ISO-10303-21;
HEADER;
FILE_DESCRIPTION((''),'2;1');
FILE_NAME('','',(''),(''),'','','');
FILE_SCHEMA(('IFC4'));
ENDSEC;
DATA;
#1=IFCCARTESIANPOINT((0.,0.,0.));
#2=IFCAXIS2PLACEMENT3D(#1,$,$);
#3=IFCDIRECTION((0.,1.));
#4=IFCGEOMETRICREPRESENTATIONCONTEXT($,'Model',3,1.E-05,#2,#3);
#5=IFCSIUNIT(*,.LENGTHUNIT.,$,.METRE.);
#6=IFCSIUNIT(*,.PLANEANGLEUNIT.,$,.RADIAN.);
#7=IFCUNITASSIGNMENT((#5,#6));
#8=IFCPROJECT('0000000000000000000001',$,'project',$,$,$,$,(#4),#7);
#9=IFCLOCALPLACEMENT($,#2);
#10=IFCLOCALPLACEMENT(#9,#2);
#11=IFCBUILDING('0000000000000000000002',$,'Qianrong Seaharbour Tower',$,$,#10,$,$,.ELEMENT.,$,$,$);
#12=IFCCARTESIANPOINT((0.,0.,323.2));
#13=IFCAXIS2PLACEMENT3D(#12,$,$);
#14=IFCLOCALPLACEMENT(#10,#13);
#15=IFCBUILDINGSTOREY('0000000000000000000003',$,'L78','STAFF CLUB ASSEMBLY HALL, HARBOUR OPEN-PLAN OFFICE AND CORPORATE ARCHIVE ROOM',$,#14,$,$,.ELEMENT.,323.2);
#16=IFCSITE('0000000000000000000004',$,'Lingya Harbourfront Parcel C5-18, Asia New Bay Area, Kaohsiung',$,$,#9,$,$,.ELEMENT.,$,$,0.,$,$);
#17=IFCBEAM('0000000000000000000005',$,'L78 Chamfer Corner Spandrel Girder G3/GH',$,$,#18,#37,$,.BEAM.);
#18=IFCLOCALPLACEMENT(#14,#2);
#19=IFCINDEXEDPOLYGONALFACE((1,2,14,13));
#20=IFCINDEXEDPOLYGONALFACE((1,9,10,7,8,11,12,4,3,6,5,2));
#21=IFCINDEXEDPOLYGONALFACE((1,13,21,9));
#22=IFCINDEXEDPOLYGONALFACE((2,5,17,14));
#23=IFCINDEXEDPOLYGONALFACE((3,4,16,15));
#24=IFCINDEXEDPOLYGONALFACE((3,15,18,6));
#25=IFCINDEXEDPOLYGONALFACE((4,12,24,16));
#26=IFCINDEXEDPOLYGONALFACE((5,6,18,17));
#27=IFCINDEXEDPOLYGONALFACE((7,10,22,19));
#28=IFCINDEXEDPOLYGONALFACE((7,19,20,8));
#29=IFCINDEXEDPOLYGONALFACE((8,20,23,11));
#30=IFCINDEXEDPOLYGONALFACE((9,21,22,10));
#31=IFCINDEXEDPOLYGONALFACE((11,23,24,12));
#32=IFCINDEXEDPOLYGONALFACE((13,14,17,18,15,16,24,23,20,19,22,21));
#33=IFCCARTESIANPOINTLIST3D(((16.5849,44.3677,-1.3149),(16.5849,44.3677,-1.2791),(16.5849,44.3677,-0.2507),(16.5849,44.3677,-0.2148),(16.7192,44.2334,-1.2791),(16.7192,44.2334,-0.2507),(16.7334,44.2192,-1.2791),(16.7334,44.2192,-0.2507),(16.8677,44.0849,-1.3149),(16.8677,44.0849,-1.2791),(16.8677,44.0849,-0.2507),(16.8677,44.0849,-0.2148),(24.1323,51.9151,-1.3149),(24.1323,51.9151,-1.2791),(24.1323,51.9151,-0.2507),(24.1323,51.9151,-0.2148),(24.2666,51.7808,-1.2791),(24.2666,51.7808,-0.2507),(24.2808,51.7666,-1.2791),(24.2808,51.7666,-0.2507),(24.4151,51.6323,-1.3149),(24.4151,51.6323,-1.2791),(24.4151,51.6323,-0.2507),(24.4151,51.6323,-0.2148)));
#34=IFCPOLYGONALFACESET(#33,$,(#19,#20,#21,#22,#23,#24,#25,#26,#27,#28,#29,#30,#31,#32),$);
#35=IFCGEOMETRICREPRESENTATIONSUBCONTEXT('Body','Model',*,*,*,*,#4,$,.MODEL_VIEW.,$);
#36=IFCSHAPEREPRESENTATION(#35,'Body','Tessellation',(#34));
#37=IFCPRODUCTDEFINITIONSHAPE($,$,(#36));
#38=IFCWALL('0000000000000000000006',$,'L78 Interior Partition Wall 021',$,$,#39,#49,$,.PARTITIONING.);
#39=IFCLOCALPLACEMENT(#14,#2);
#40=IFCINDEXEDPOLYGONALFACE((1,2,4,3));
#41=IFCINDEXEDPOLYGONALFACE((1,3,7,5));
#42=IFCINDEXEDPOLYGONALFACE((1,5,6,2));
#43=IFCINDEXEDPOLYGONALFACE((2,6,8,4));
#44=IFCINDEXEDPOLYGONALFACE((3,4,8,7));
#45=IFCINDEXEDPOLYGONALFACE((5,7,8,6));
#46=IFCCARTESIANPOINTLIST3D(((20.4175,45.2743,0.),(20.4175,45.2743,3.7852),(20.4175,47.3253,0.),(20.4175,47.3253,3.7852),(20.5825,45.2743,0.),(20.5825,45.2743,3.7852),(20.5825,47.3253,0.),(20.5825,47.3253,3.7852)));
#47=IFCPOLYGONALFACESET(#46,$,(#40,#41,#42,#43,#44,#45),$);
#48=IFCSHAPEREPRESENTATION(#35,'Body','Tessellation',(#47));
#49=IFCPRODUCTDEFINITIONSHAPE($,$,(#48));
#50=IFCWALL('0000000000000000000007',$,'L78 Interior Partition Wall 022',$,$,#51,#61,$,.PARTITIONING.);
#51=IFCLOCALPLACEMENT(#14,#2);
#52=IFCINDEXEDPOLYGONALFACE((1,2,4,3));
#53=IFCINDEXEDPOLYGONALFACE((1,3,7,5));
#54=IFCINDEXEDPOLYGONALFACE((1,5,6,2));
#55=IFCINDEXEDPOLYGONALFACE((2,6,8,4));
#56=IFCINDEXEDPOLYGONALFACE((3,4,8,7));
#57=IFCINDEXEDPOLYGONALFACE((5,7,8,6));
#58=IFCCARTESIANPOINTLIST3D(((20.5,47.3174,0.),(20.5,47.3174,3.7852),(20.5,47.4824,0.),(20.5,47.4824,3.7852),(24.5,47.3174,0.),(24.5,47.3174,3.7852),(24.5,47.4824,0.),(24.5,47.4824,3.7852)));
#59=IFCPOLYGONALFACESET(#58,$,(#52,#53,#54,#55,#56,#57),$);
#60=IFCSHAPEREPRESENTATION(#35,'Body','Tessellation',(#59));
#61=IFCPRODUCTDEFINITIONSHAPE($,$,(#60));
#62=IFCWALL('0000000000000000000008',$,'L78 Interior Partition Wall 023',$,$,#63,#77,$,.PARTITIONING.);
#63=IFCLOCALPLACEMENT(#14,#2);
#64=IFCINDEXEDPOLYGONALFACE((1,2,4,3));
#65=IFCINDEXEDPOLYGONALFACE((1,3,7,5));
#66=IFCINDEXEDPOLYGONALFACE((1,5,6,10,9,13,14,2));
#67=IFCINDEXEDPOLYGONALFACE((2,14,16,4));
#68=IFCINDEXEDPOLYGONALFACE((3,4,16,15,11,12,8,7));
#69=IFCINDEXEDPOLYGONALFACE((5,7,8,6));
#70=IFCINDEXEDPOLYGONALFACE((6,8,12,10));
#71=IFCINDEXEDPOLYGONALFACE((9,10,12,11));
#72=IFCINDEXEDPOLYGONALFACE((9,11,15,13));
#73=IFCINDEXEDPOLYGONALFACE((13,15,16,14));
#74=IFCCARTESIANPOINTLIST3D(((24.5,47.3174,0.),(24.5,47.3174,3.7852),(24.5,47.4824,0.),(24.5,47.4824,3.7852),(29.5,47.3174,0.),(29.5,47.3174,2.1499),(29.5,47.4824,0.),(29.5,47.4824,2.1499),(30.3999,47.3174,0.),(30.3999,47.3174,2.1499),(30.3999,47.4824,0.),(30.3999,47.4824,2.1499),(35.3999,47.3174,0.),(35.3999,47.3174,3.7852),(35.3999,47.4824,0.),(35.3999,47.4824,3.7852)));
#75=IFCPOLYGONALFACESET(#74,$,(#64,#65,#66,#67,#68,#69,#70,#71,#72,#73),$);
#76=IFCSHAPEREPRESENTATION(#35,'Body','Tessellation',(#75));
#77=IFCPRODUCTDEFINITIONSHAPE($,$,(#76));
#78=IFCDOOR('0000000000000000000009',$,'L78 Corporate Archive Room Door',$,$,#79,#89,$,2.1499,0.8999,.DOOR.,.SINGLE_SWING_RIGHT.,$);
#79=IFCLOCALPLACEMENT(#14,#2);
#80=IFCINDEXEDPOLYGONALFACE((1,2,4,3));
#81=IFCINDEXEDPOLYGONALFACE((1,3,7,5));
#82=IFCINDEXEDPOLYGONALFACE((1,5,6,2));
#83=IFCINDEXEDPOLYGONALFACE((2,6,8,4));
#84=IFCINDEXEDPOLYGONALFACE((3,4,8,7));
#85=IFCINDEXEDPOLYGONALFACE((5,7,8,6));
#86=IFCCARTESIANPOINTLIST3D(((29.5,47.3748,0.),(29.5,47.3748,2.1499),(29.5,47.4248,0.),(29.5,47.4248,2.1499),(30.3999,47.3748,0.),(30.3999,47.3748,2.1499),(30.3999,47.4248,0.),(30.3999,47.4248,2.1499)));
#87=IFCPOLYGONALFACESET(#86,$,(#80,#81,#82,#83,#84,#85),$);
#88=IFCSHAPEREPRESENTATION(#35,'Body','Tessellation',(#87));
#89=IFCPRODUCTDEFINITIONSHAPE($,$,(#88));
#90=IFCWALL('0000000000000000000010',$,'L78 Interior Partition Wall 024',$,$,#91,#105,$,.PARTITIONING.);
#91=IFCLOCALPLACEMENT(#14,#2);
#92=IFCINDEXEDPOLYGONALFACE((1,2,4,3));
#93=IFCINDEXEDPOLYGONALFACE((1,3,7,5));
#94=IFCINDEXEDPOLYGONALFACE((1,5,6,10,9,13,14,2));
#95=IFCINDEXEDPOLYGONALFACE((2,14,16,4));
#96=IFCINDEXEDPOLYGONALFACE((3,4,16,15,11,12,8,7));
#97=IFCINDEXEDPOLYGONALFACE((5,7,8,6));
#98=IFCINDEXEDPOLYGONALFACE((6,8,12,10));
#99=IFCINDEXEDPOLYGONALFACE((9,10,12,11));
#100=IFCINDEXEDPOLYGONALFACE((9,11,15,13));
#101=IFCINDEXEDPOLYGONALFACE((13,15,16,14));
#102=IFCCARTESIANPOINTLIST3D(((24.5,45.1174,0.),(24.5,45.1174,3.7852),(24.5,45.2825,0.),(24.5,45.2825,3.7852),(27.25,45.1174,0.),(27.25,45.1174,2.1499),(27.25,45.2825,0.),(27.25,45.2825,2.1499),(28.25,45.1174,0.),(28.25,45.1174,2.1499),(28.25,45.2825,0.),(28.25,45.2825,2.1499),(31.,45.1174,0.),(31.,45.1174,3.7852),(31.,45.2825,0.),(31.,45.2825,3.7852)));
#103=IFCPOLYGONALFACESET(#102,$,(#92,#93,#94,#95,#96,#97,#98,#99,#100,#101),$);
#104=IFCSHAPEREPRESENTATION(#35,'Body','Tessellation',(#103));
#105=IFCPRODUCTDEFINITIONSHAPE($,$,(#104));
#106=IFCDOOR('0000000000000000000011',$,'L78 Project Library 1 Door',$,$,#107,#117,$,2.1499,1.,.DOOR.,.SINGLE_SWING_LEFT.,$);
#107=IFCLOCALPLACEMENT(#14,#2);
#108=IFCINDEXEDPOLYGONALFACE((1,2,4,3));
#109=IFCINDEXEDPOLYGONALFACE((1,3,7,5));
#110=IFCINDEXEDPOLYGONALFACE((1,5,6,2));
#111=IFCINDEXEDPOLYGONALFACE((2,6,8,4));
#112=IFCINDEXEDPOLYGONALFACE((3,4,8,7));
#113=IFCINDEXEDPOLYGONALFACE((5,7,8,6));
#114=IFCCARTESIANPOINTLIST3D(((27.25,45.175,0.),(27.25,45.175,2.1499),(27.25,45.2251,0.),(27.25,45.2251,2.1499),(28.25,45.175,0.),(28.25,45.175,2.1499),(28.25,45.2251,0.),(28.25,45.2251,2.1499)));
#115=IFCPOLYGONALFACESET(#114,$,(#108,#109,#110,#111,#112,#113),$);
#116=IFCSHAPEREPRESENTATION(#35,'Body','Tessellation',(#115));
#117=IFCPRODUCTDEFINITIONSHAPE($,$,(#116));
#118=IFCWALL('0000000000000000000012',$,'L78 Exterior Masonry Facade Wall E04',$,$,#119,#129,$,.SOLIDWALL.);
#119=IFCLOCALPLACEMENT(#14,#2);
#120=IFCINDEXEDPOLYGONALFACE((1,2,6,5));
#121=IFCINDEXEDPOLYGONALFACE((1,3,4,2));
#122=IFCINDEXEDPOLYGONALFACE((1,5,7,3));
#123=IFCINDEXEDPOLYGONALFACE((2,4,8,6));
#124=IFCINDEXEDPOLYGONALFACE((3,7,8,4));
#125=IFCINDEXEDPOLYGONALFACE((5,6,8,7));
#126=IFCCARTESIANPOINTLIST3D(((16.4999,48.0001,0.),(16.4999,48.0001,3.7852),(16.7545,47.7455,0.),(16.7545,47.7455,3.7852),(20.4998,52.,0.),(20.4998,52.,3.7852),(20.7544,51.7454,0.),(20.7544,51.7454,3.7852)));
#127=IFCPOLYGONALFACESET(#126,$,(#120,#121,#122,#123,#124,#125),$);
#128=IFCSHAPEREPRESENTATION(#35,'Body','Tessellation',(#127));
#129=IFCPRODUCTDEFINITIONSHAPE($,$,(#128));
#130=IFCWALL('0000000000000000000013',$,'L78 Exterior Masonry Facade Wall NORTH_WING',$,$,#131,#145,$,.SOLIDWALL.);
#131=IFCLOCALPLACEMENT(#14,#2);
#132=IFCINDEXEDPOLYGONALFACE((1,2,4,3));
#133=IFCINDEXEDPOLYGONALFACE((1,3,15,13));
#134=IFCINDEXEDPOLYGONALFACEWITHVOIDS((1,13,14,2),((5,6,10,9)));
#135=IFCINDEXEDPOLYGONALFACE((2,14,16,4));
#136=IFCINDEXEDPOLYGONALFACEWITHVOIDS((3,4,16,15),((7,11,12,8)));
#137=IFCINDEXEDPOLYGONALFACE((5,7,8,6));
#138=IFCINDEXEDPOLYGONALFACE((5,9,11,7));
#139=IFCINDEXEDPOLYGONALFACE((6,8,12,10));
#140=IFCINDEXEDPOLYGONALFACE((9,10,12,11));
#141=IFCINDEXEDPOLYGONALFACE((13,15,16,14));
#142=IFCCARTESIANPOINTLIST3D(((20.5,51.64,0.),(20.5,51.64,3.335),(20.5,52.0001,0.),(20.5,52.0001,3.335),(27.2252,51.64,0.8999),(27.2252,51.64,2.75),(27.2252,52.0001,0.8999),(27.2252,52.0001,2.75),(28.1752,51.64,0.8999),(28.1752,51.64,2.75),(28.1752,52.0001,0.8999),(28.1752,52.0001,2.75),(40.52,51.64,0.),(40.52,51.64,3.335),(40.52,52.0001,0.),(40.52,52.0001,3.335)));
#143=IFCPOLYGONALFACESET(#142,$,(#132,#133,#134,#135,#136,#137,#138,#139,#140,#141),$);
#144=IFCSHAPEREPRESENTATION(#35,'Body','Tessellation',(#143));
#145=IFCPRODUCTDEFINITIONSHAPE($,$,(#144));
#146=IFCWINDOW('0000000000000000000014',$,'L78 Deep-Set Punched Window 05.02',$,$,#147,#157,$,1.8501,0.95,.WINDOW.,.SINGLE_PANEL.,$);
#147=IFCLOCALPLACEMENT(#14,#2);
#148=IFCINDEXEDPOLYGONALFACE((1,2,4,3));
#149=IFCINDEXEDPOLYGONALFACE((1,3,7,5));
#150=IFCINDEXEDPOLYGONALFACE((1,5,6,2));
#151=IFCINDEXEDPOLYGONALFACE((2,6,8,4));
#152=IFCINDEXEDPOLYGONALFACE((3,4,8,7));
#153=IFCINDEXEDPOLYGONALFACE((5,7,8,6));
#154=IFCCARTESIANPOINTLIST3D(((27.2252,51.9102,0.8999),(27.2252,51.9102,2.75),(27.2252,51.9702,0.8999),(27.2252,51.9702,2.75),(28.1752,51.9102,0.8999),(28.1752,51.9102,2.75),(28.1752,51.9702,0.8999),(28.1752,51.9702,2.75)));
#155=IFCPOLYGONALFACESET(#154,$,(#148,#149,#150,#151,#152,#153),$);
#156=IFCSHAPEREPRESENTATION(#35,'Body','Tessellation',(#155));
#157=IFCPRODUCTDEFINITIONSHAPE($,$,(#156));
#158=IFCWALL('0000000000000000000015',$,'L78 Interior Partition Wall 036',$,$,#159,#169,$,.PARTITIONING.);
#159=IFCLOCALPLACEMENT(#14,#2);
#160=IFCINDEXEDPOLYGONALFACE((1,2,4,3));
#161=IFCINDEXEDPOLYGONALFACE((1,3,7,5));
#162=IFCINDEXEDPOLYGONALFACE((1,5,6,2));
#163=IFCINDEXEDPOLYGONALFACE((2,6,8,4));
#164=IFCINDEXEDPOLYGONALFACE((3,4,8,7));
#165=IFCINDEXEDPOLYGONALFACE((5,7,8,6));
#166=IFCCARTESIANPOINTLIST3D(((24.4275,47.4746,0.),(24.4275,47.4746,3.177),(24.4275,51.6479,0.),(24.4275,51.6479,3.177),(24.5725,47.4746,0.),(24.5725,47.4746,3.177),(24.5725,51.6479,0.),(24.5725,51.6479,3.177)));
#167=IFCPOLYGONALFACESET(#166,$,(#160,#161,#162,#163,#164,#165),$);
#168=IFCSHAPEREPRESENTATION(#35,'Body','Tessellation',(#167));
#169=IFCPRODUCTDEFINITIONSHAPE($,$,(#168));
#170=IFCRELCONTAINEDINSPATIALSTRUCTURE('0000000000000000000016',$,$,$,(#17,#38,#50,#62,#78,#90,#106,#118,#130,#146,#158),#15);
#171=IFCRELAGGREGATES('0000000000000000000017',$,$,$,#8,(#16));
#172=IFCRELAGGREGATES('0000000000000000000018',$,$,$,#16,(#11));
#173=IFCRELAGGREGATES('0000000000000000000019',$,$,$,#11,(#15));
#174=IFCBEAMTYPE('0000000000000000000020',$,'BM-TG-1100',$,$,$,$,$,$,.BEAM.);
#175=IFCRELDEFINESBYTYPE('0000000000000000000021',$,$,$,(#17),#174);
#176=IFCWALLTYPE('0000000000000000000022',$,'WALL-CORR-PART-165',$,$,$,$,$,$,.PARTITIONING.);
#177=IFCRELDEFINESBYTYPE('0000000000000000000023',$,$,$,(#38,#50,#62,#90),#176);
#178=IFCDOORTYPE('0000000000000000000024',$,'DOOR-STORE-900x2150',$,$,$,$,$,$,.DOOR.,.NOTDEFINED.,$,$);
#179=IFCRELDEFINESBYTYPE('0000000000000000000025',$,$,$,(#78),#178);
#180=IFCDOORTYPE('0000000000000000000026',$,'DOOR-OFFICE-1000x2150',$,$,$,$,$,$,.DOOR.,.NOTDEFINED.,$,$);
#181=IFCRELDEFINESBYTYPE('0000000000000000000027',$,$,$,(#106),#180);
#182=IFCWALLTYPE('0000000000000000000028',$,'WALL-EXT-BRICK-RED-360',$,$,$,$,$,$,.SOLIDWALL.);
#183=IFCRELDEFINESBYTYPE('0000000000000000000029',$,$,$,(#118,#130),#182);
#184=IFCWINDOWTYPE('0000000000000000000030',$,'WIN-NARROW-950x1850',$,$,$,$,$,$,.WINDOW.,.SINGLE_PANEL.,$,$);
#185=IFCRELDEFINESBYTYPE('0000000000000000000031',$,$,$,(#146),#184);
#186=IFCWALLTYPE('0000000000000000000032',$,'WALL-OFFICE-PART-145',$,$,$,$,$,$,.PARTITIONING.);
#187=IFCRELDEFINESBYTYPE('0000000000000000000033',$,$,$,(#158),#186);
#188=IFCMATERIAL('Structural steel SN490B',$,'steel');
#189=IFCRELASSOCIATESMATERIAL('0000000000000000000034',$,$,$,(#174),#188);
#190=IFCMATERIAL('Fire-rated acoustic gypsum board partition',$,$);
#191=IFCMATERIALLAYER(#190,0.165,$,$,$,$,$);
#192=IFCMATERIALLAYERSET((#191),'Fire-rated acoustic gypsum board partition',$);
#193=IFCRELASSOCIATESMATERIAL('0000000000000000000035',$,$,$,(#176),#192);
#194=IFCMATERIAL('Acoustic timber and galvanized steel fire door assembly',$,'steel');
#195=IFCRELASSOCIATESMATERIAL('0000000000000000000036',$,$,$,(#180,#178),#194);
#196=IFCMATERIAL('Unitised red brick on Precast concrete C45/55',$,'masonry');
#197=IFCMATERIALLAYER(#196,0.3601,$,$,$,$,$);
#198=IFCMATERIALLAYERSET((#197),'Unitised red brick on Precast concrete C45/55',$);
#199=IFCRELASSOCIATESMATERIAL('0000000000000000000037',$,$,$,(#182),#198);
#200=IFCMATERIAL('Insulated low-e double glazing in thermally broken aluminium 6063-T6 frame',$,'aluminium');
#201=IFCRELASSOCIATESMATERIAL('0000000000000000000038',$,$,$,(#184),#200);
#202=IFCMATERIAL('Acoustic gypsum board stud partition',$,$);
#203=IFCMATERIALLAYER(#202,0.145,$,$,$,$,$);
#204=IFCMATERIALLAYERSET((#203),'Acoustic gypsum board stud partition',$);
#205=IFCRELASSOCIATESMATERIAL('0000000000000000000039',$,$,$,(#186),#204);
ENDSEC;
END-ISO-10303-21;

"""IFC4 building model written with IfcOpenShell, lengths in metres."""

from ifc_helpers import new_model, si_unit, direction, frame, frame_2d, origin, origin_2d, place, context, subcontext, project, spatial, rectangle, i_section, extrude, material, layer, layer_set, material_profile, profile_set, type_object, element, fill, save


model = new_model("IFC4")

# Units and contexts
model_context = context("Model", 3, precision=1e-05, world=origin(), true_north=direction((0.0, 1.0)))
body_context = subcontext(model_context, "Body", "Model", "MODEL_VIEW")
ifc_project = project(units=[si_unit("LENGTHUNIT", "METRE"), si_unit("PLANEANGLEUNIT", "RADIAN")], contexts=[model_context])

# Site, building, storey
site_placement = place(None, origin())
site = spatial("IfcSite", under=ifc_project, at=site_placement, Name="Lingya Harbourfront Parcel C5-18, Asia New Bay Area, Kaohsiung", CompositionType="ELEMENT", RefElevation=0.0)
building_placement = place(site_placement, origin())
building = spatial("IfcBuilding", under=site, at=building_placement, Name="Qianrong Seaharbour Tower", CompositionType="ELEMENT")
storey_placement = place(building_placement, frame((0.0, 0.0, 323.2)))
storey = spatial("IfcBuildingStorey", under=building, at=storey_placement, Name="L78", Description="STAFF CLUB ASSEMBLY HALL, HARBOUR OPEN-PLAN OFFICE AND CORPORATE ARCHIVE ROOM", CompositionType="ELEMENT", Elevation=323.2)

# Beam
ifc_material_1 = material(Name="Structural steel SN490B", Category="steel")
ifc_material_profile_1 = material_profile(ifc_material_1, i_section(OverallWidth=0.3999, OverallDepth=1.1001, WebThickness=0.02, FlangeThickness=0.0359, at=origin_2d()), Name="BH1100x400x20x36")
ifc_profile_set_1 = profile_set([ifc_material_profile_1], Name="Structural steel SN490B")
beam_type_1 = type_object("IfcBeamType", Name="BM-TG-1100", PredefinedType="BEAM", material=ifc_profile_set_1)
beam_1_placement = place(storey_placement, frame((24.2737, 51.7737, -0.7649), z_axis=(-0.707107, -0.707107, 0.0), x_axis=(0.707107, -0.707107, 0.0)))
element("IfcBeam", 1, at=beam_1_placement, inside=storey, type_object=beam_type_1, Name="L78 Chamfer Corner Spandrel Girder G3/GH", PredefinedType="BEAM", context=body_context, shape_type="SweptSolid", body=[
    extrude(i_section(OverallWidth=0.3999, OverallDepth=1.1001, WebThickness=0.02, FlangeThickness=0.0359, at=origin_2d()), origin(), (0.0, 0.0, 1.0), 10.6736),
])

# Shared definitions
ifc_material_2 = material(Name="Fire-rated acoustic gypsum board partition")
ifc_layer_1 = layer(ifc_material_2, 0.165)
ifc_layer_set_1 = layer_set([ifc_layer_1], Name="Fire-rated acoustic gypsum board partition")
wall_type_1 = type_object("IfcWallType", Name="WALL-CORR-PART-165", PredefinedType="PARTITIONING", material=ifc_layer_set_1)
ifc_material_3 = material(Name="Acoustic timber and galvanized steel fire door assembly", Category="steel")
door_type_1 = type_object("IfcDoorType", Name="DOOR-OFFICE-1000x2150", OperationType="NOTDEFINED", PredefinedType="DOOR", material=ifc_material_3)

# Walls
wall_1_placement = place(storey_placement, frame((20.5, 45.2744, 0.0), z_axis=(0.0, 0.0, 1.0), x_axis=(0.0, 1.0, 0.0)))
element("IfcWall", 2, at=wall_1_placement, inside=storey, type_object=wall_type_1, Name="L78 Interior Partition Wall 021", PredefinedType="PARTITIONING", context=body_context, shape_type="SweptSolid", body=[
    extrude(rectangle(XDim=2.051, YDim=0.165, at=frame_2d((1.0254, 0.0))), origin(), (0.0, 0.0, 1.0), 3.7852),
])
wall_2_placement = place(storey_placement, frame((20.5, 47.3999, 0.0), z_axis=(0.0, 0.0, 1.0), x_axis=(1.0, 0.0, 0.0)))
element("IfcWall", 3, at=wall_2_placement, inside=storey, type_object=wall_type_1, Name="L78 Interior Partition Wall 022", PredefinedType="PARTITIONING", context=body_context, shape_type="SweptSolid", body=[
    extrude(rectangle(XDim=4.0, YDim=0.165, at=frame_2d((2.0, 0.0))), origin(), (0.0, 0.0, 1.0), 3.7852),
])

# Walls, openings, doors
wall_3_placement = place(storey_placement, frame((24.5, 47.3999, 0.0), z_axis=(0.0, 0.0, 1.0), x_axis=(1.0, 0.0, 0.0)))
wall_3 = element("IfcWall", 4, at=wall_3_placement, inside=storey, type_object=wall_type_1, Name="L78 Interior Partition Wall 023", PredefinedType="PARTITIONING", context=body_context, shape_type="SweptSolid", body=[
    extrude(rectangle(XDim=10.8999, YDim=0.165, at=frame_2d((5.45, 0.0))), origin(), (0.0, 0.0, 1.0), 3.7852),
])
opening_1_placement = place(wall_3_placement, frame((5.0, 0.0, 0.0)))
opening_1 = element("IfcOpeningElement", 5, at=opening_1_placement, cuts=wall_3, PredefinedType="OPENING", context=body_context, shape_type="SweptSolid", body=[
    extrude(rectangle(XDim=0.8999, YDim=2.1499, at=frame_2d((0.45, 1.075))), frame((0.0, 0.0925, 0.0), z_axis=(0.0, -1.0, 0.0), x_axis=(1.0, 0.0, 0.0)), (0.0, 0.0, 1.0), 0.1851),
])
door_type_2 = type_object("IfcDoorType", Name="DOOR-STORE-900x2150", OperationType="NOTDEFINED", PredefinedType="DOOR", material=ifc_material_3)
door_1_placement = place(opening_1_placement, origin())
door_1 = element("IfcDoor", 6, at=door_1_placement, inside=storey, type_object=door_type_2, Name="L78 Corporate Archive Room Door", OperationType="SINGLE_SWING_RIGHT", OverallHeight=2.1499, OverallWidth=0.8999, PredefinedType="DOOR", context=body_context, shape_type="SweptSolid", body=[
    extrude(rectangle(XDim=0.8999, YDim=2.1499, at=frame_2d((0.45, 1.075))), frame((0.0, 0.0249, 0.0), z_axis=(0.0, -1.0, 0.0), x_axis=(1.0, 0.0, 0.0)), (0.0, 0.0, 1.0), 0.05),
])
fill(opening_1, door_1)
wall_4_placement = place(storey_placement, frame((31.0, 45.2, 0.0), z_axis=(0.0, 0.0, 1.0), x_axis=(-1.0, 0.0, 0.0)))
wall_4 = element("IfcWall", 7, at=wall_4_placement, inside=storey, type_object=wall_type_1, Name="L78 Interior Partition Wall 024", PredefinedType="PARTITIONING", context=body_context, shape_type="SweptSolid", body=[
    extrude(rectangle(XDim=6.5, YDim=0.165, at=frame_2d((3.25, 0.0))), origin(), (0.0, 0.0, 1.0), 3.7852),
])
opening_2_placement = place(wall_4_placement, frame((2.75, 0.0, 0.0)))
opening_2 = element("IfcOpeningElement", 8, at=opening_2_placement, cuts=wall_4, PredefinedType="OPENING", context=body_context, shape_type="SweptSolid", body=[
    extrude(rectangle(XDim=1.0, YDim=2.1499, at=frame_2d((0.5, 1.075))), frame((0.0, 0.0925, 0.0), z_axis=(0.0, -1.0, 0.0), x_axis=(1.0, 0.0, 0.0)), (0.0, 0.0, 1.0), 0.1851),
])
door_2_placement = place(opening_2_placement, origin())
door_2 = element("IfcDoor", 9, at=door_2_placement, inside=storey, type_object=door_type_1, Name="L78 Project Library 1 Door", OperationType="SINGLE_SWING_LEFT", OverallHeight=2.1499, OverallWidth=1.0, PredefinedType="DOOR", context=body_context, shape_type="SweptSolid", body=[
    extrude(rectangle(XDim=1.0, YDim=2.1499, at=frame_2d((0.5, 1.075))), frame((0.0, 0.0249, 0.0), z_axis=(0.0, -1.0, 0.0), x_axis=(1.0, 0.0, 0.0)), (0.0, 0.0, 1.0), 0.05),
])
fill(opening_2, door_2)

# Wall
ifc_material_4 = material(Name="Unitised red brick on Precast concrete C45/55", Category="masonry")
ifc_layer_2 = layer(ifc_material_4, 0.3601)
ifc_layer_set_2 = layer_set([ifc_layer_2], Name="Unitised red brick on Precast concrete C45/55")
wall_type_2 = type_object("IfcWallType", Name="WALL-EXT-BRICK-RED-360", PredefinedType="SOLIDWALL", material=ifc_layer_set_2)
wall_5_placement = place(storey_placement, frame((16.6272, 47.8728, 0.0), z_axis=(0.0, 0.0, 1.0), x_axis=(0.707107, 0.707107, 0.0)))
element("IfcWall", 10, at=wall_5_placement, inside=storey, type_object=wall_type_2, Name="L78 Exterior Masonry Facade Wall E04", PredefinedType="SOLIDWALL", context=body_context, shape_type="SweptSolid", body=[
    extrude(rectangle(XDim=5.6567, YDim=0.3601, at=frame_2d((2.8284, 0.0))), origin(), (0.0, 0.0, 1.0), 3.7852),
])

# Wall, opening, window
wall_6_placement = place(storey_placement, frame((20.5, 51.8201, 0.0), z_axis=(0.0, 0.0, 1.0), x_axis=(1.0, 0.0, 0.0)))
wall_6 = element("IfcWall", 11, at=wall_6_placement, inside=storey, type_object=wall_type_2, Name="L78 Exterior Masonry Facade Wall NORTH_WING", PredefinedType="SOLIDWALL", context=body_context, shape_type="SweptSolid", body=[
    extrude(rectangle(XDim=20.02, YDim=0.3601, at=frame_2d((10.01, 0.0))), origin(), (0.0, 0.0, 1.0), 3.335),
])
opening_3_placement = place(wall_6_placement, frame((6.7251, 0.0, 0.8999)))
opening_3 = element("IfcOpeningElement", 12, at=opening_3_placement, cuts=wall_6, PredefinedType="OPENING", context=body_context, shape_type="SweptSolid", body=[
    extrude(rectangle(XDim=0.95, YDim=1.8501, at=frame_2d((0.4751, 0.925))), frame((0.0, 0.1899, 0.0), z_axis=(0.0, -1.0, 0.0), x_axis=(1.0, 0.0, 0.0)), (0.0, 0.0, 1.0), 0.3801),
])
ifc_material_5 = material(Name="Insulated low-e double glazing in thermally broken aluminium 6063-T6 frame", Category="aluminium")
window_type = type_object("IfcWindowType", Name="WIN-NARROW-950x1850", PartitioningType="SINGLE_PANEL", PredefinedType="WINDOW", material=ifc_material_5)
window_placement = place(opening_3_placement, origin())
window = element("IfcWindow", 13, at=window_placement, inside=storey, type_object=window_type, Name="L78 Deep-Set Punched Window 05.02", OverallHeight=1.8501, OverallWidth=0.95, PartitioningType="SINGLE_PANEL", PredefinedType="WINDOW", context=body_context, shape_type="SweptSolid", body=[
    extrude(rectangle(XDim=0.95, YDim=1.8501, at=frame_2d((0.4751, 0.925))), frame((0.0, 0.1501, 0.0), z_axis=(0.0, -1.0, 0.0), x_axis=(1.0, 0.0, 0.0)), (0.0, 0.0, 1.0), 0.0601),
])
fill(opening_3, window)

# Wall
ifc_material_6 = material(Name="Acoustic gypsum board stud partition")
ifc_layer_3 = layer(ifc_material_6, 0.145)
ifc_layer_set_3 = layer_set([ifc_layer_3], Name="Acoustic gypsum board stud partition")
wall_type_3 = type_object("IfcWallType", Name="WALL-OFFICE-PART-145", PredefinedType="PARTITIONING", material=ifc_layer_set_3)
wall_7_placement = place(storey_placement, frame((24.5, 51.6479, 0.0), z_axis=(0.0, 0.0, 1.0), x_axis=(0.0, -1.0, 0.0)))
element("IfcWall", 14, at=wall_7_placement, inside=storey, type_object=wall_type_3, Name="L78 Interior Partition Wall 036", PredefinedType="PARTITIONING", context=body_context, shape_type="SweptSolid", body=[
    extrude(rectangle(XDim=4.1733, YDim=0.145, at=frame_2d((2.0867, 0.0))), origin(), (0.0, 0.0, 1.0), 3.177),
])

save(model, "model.ifc")
